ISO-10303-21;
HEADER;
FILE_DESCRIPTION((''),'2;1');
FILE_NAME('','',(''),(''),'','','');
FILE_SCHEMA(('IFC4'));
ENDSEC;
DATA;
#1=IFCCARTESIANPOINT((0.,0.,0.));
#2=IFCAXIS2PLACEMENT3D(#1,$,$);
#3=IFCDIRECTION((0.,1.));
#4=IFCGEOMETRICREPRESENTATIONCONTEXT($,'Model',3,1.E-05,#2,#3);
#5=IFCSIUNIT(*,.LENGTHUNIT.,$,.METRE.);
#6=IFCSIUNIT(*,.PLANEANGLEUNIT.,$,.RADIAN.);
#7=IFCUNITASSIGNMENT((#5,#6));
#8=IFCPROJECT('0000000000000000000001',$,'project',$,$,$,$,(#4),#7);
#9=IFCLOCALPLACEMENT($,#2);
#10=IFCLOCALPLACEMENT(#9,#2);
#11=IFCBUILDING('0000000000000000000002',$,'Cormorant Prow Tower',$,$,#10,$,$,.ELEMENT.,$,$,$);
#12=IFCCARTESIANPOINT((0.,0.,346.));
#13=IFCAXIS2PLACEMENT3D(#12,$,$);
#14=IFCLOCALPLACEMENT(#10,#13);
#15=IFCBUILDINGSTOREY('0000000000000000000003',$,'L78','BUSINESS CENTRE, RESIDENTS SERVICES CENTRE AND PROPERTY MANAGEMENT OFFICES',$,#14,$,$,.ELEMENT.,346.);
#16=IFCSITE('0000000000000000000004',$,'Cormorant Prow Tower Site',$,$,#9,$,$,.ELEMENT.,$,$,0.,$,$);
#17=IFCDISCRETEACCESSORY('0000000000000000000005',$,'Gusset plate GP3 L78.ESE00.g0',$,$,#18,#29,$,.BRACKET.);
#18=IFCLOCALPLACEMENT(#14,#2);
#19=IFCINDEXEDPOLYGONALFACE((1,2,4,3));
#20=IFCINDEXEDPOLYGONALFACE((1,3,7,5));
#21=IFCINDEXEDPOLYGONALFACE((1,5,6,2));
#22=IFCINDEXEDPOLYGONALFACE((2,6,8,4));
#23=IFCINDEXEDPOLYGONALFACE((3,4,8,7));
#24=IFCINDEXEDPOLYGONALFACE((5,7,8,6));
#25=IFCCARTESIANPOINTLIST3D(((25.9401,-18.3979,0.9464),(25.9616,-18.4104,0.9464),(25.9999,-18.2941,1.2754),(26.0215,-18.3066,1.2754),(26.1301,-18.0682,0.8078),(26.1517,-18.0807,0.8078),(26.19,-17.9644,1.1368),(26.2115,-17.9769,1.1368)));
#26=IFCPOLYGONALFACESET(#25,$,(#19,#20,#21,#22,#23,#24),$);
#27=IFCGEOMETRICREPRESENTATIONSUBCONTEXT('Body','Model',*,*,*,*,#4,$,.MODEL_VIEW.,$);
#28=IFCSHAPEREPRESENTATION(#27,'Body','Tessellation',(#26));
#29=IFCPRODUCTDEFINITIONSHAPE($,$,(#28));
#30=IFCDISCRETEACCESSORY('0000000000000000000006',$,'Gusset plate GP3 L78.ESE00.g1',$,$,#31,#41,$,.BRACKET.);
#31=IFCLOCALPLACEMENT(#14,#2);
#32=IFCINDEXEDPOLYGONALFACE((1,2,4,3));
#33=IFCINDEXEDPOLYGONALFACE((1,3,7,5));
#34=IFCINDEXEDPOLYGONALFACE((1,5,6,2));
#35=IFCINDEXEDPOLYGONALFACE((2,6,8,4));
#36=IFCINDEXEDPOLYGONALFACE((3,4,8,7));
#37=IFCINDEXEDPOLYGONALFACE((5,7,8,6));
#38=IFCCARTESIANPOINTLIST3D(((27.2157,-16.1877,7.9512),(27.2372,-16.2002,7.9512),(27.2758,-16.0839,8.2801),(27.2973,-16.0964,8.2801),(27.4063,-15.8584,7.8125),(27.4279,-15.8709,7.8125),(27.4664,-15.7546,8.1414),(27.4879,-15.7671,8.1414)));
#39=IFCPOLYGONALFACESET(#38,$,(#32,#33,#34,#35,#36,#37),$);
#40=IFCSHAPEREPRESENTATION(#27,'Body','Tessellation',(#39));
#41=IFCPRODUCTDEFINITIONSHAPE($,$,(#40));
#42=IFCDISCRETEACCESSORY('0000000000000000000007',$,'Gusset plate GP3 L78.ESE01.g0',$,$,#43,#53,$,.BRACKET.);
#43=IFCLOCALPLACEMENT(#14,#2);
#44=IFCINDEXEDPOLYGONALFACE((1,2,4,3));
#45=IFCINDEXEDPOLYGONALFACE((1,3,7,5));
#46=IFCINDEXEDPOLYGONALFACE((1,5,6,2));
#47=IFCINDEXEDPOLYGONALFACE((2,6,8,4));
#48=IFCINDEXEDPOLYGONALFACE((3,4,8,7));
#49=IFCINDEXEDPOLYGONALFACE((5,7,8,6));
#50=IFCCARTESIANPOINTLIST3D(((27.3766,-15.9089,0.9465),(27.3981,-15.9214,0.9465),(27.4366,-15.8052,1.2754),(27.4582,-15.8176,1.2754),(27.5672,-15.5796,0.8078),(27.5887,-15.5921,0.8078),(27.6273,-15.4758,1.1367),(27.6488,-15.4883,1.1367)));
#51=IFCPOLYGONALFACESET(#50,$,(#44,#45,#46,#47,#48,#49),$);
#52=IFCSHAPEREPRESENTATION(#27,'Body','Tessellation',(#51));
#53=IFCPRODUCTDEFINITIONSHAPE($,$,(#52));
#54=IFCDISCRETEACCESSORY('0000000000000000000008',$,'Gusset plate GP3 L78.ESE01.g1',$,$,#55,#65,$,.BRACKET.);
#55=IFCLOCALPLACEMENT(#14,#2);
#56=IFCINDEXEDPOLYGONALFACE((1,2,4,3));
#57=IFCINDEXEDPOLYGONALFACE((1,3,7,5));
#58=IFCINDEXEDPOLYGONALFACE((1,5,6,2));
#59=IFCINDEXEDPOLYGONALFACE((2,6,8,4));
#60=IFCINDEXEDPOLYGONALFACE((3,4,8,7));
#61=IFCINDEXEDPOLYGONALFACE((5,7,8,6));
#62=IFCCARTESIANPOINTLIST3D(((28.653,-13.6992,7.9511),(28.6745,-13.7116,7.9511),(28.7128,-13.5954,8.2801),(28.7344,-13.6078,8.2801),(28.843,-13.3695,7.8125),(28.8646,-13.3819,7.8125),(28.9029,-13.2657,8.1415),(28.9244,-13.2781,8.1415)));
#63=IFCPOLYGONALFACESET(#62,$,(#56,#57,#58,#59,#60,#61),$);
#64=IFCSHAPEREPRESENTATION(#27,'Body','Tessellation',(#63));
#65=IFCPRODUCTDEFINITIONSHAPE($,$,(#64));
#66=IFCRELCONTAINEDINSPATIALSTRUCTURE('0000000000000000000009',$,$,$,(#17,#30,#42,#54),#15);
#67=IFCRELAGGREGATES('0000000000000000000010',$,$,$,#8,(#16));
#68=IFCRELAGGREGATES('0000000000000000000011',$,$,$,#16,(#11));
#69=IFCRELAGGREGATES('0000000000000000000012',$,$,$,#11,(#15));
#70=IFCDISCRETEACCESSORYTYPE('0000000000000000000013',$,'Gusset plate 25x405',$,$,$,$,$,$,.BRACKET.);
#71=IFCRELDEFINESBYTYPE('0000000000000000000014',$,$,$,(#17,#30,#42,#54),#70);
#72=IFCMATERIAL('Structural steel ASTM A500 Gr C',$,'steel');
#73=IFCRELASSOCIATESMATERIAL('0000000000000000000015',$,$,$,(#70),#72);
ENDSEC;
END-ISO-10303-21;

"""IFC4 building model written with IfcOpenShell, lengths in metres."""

from ifc_helpers import new_model, si_unit, direction, frame, origin, origin_2d, place, context, subcontext, project, spatial, rectangle, extrude, material, material_profile, profile_set, type_object, element, save


model = new_model("IFC4")

# Units and contexts
model_context = context("Model", 3, precision=1e-05, world=origin(), true_north=direction((0.0, 1.0)))
body_context = subcontext(model_context, "Body", "Model", "MODEL_VIEW")
ifc_project = project(units=[si_unit("LENGTHUNIT", "METRE"), si_unit("PLANEANGLEUNIT", "RADIAN")], contexts=[model_context])

# Site, building, storey
site_placement = place(None, origin())
site = spatial("IfcSite", under=ifc_project, at=site_placement, Name="Cormorant Prow Tower Site", CompositionType="ELEMENT", RefElevation=0.0)
building_placement = place(site_placement, origin())
building = spatial("IfcBuilding", under=site, at=building_placement, Name="Cormorant Prow Tower", CompositionType="ELEMENT")
storey_placement = place(building_placement, frame((0.0, 0.0, 346.0)))
storey = spatial("IfcBuildingStorey", under=building, at=storey_placement, Name="L78", Description="BUSINESS CENTRE, RESIDENTS SERVICES CENTRE AND PROPERTY MANAGEMENT OFFICES", CompositionType="ELEMENT", Elevation=346.0)

# Discrete accessories
ifc_material_1 = material(Name="Structural steel ASTM A500 Gr C", Category="steel")
ifc_material_profile_1 = material_profile(ifc_material_1, rectangle(XDim=0.0249, YDim=0.405, at=origin_2d()), Name="Gusset plate 25x405")
ifc_profile_set_1 = profile_set([ifc_material_profile_1], Name="Structural steel ASTM A500 Gr C")
discrete_accessory_type = type_object("IfcDiscreteAccessoryType", Name="Gusset plate 25x405", PredefinedType="BRACKET", material=ifc_profile_set_1)
for number, where, z_axis, x_axis, name in (
    (1, (26.1057, -18.1355, 1.2061), (-0.170905, -0.296467, -0.939627), (0.866355, -0.499428, 0.0), "Gusset plate GP3 L78.ESE00.g0"),
    (2, (27.3218, -16.0293, 7.8818), (0.171582, 0.296432, 0.939515), (-0.865473, 0.500956, 0.0), "Gusset plate GP3 L78.ESE00.g1"),
    (3, (27.5427, -15.6467, 1.2061), (-0.171582, -0.296432, -0.939515), (0.865473, -0.500956, 0.0), "Gusset plate GP3 L78.ESE01.g0"),
    (4, (28.7588, -13.5405, 7.8818), (0.170905, 0.296467, 0.939627), (-0.866355, 0.499428, 0.0), "Gusset plate GP3 L78.ESE01.g1"),
):
    element("IfcDiscreteAccessory", number, at=place(storey_placement, frame(where, z_axis=z_axis, x_axis=x_axis)), inside=storey, type_object=discrete_accessory_type, Name=name, PredefinedType="BRACKET", context=body_context, shape_type="SweptSolid", body=[
        extrude(rectangle(XDim=0.0249, YDim=0.405, at=origin_2d()), origin(), (0.0, 0.0, 1.0), 0.3501),
    ])

save(model, "model.ifc")
